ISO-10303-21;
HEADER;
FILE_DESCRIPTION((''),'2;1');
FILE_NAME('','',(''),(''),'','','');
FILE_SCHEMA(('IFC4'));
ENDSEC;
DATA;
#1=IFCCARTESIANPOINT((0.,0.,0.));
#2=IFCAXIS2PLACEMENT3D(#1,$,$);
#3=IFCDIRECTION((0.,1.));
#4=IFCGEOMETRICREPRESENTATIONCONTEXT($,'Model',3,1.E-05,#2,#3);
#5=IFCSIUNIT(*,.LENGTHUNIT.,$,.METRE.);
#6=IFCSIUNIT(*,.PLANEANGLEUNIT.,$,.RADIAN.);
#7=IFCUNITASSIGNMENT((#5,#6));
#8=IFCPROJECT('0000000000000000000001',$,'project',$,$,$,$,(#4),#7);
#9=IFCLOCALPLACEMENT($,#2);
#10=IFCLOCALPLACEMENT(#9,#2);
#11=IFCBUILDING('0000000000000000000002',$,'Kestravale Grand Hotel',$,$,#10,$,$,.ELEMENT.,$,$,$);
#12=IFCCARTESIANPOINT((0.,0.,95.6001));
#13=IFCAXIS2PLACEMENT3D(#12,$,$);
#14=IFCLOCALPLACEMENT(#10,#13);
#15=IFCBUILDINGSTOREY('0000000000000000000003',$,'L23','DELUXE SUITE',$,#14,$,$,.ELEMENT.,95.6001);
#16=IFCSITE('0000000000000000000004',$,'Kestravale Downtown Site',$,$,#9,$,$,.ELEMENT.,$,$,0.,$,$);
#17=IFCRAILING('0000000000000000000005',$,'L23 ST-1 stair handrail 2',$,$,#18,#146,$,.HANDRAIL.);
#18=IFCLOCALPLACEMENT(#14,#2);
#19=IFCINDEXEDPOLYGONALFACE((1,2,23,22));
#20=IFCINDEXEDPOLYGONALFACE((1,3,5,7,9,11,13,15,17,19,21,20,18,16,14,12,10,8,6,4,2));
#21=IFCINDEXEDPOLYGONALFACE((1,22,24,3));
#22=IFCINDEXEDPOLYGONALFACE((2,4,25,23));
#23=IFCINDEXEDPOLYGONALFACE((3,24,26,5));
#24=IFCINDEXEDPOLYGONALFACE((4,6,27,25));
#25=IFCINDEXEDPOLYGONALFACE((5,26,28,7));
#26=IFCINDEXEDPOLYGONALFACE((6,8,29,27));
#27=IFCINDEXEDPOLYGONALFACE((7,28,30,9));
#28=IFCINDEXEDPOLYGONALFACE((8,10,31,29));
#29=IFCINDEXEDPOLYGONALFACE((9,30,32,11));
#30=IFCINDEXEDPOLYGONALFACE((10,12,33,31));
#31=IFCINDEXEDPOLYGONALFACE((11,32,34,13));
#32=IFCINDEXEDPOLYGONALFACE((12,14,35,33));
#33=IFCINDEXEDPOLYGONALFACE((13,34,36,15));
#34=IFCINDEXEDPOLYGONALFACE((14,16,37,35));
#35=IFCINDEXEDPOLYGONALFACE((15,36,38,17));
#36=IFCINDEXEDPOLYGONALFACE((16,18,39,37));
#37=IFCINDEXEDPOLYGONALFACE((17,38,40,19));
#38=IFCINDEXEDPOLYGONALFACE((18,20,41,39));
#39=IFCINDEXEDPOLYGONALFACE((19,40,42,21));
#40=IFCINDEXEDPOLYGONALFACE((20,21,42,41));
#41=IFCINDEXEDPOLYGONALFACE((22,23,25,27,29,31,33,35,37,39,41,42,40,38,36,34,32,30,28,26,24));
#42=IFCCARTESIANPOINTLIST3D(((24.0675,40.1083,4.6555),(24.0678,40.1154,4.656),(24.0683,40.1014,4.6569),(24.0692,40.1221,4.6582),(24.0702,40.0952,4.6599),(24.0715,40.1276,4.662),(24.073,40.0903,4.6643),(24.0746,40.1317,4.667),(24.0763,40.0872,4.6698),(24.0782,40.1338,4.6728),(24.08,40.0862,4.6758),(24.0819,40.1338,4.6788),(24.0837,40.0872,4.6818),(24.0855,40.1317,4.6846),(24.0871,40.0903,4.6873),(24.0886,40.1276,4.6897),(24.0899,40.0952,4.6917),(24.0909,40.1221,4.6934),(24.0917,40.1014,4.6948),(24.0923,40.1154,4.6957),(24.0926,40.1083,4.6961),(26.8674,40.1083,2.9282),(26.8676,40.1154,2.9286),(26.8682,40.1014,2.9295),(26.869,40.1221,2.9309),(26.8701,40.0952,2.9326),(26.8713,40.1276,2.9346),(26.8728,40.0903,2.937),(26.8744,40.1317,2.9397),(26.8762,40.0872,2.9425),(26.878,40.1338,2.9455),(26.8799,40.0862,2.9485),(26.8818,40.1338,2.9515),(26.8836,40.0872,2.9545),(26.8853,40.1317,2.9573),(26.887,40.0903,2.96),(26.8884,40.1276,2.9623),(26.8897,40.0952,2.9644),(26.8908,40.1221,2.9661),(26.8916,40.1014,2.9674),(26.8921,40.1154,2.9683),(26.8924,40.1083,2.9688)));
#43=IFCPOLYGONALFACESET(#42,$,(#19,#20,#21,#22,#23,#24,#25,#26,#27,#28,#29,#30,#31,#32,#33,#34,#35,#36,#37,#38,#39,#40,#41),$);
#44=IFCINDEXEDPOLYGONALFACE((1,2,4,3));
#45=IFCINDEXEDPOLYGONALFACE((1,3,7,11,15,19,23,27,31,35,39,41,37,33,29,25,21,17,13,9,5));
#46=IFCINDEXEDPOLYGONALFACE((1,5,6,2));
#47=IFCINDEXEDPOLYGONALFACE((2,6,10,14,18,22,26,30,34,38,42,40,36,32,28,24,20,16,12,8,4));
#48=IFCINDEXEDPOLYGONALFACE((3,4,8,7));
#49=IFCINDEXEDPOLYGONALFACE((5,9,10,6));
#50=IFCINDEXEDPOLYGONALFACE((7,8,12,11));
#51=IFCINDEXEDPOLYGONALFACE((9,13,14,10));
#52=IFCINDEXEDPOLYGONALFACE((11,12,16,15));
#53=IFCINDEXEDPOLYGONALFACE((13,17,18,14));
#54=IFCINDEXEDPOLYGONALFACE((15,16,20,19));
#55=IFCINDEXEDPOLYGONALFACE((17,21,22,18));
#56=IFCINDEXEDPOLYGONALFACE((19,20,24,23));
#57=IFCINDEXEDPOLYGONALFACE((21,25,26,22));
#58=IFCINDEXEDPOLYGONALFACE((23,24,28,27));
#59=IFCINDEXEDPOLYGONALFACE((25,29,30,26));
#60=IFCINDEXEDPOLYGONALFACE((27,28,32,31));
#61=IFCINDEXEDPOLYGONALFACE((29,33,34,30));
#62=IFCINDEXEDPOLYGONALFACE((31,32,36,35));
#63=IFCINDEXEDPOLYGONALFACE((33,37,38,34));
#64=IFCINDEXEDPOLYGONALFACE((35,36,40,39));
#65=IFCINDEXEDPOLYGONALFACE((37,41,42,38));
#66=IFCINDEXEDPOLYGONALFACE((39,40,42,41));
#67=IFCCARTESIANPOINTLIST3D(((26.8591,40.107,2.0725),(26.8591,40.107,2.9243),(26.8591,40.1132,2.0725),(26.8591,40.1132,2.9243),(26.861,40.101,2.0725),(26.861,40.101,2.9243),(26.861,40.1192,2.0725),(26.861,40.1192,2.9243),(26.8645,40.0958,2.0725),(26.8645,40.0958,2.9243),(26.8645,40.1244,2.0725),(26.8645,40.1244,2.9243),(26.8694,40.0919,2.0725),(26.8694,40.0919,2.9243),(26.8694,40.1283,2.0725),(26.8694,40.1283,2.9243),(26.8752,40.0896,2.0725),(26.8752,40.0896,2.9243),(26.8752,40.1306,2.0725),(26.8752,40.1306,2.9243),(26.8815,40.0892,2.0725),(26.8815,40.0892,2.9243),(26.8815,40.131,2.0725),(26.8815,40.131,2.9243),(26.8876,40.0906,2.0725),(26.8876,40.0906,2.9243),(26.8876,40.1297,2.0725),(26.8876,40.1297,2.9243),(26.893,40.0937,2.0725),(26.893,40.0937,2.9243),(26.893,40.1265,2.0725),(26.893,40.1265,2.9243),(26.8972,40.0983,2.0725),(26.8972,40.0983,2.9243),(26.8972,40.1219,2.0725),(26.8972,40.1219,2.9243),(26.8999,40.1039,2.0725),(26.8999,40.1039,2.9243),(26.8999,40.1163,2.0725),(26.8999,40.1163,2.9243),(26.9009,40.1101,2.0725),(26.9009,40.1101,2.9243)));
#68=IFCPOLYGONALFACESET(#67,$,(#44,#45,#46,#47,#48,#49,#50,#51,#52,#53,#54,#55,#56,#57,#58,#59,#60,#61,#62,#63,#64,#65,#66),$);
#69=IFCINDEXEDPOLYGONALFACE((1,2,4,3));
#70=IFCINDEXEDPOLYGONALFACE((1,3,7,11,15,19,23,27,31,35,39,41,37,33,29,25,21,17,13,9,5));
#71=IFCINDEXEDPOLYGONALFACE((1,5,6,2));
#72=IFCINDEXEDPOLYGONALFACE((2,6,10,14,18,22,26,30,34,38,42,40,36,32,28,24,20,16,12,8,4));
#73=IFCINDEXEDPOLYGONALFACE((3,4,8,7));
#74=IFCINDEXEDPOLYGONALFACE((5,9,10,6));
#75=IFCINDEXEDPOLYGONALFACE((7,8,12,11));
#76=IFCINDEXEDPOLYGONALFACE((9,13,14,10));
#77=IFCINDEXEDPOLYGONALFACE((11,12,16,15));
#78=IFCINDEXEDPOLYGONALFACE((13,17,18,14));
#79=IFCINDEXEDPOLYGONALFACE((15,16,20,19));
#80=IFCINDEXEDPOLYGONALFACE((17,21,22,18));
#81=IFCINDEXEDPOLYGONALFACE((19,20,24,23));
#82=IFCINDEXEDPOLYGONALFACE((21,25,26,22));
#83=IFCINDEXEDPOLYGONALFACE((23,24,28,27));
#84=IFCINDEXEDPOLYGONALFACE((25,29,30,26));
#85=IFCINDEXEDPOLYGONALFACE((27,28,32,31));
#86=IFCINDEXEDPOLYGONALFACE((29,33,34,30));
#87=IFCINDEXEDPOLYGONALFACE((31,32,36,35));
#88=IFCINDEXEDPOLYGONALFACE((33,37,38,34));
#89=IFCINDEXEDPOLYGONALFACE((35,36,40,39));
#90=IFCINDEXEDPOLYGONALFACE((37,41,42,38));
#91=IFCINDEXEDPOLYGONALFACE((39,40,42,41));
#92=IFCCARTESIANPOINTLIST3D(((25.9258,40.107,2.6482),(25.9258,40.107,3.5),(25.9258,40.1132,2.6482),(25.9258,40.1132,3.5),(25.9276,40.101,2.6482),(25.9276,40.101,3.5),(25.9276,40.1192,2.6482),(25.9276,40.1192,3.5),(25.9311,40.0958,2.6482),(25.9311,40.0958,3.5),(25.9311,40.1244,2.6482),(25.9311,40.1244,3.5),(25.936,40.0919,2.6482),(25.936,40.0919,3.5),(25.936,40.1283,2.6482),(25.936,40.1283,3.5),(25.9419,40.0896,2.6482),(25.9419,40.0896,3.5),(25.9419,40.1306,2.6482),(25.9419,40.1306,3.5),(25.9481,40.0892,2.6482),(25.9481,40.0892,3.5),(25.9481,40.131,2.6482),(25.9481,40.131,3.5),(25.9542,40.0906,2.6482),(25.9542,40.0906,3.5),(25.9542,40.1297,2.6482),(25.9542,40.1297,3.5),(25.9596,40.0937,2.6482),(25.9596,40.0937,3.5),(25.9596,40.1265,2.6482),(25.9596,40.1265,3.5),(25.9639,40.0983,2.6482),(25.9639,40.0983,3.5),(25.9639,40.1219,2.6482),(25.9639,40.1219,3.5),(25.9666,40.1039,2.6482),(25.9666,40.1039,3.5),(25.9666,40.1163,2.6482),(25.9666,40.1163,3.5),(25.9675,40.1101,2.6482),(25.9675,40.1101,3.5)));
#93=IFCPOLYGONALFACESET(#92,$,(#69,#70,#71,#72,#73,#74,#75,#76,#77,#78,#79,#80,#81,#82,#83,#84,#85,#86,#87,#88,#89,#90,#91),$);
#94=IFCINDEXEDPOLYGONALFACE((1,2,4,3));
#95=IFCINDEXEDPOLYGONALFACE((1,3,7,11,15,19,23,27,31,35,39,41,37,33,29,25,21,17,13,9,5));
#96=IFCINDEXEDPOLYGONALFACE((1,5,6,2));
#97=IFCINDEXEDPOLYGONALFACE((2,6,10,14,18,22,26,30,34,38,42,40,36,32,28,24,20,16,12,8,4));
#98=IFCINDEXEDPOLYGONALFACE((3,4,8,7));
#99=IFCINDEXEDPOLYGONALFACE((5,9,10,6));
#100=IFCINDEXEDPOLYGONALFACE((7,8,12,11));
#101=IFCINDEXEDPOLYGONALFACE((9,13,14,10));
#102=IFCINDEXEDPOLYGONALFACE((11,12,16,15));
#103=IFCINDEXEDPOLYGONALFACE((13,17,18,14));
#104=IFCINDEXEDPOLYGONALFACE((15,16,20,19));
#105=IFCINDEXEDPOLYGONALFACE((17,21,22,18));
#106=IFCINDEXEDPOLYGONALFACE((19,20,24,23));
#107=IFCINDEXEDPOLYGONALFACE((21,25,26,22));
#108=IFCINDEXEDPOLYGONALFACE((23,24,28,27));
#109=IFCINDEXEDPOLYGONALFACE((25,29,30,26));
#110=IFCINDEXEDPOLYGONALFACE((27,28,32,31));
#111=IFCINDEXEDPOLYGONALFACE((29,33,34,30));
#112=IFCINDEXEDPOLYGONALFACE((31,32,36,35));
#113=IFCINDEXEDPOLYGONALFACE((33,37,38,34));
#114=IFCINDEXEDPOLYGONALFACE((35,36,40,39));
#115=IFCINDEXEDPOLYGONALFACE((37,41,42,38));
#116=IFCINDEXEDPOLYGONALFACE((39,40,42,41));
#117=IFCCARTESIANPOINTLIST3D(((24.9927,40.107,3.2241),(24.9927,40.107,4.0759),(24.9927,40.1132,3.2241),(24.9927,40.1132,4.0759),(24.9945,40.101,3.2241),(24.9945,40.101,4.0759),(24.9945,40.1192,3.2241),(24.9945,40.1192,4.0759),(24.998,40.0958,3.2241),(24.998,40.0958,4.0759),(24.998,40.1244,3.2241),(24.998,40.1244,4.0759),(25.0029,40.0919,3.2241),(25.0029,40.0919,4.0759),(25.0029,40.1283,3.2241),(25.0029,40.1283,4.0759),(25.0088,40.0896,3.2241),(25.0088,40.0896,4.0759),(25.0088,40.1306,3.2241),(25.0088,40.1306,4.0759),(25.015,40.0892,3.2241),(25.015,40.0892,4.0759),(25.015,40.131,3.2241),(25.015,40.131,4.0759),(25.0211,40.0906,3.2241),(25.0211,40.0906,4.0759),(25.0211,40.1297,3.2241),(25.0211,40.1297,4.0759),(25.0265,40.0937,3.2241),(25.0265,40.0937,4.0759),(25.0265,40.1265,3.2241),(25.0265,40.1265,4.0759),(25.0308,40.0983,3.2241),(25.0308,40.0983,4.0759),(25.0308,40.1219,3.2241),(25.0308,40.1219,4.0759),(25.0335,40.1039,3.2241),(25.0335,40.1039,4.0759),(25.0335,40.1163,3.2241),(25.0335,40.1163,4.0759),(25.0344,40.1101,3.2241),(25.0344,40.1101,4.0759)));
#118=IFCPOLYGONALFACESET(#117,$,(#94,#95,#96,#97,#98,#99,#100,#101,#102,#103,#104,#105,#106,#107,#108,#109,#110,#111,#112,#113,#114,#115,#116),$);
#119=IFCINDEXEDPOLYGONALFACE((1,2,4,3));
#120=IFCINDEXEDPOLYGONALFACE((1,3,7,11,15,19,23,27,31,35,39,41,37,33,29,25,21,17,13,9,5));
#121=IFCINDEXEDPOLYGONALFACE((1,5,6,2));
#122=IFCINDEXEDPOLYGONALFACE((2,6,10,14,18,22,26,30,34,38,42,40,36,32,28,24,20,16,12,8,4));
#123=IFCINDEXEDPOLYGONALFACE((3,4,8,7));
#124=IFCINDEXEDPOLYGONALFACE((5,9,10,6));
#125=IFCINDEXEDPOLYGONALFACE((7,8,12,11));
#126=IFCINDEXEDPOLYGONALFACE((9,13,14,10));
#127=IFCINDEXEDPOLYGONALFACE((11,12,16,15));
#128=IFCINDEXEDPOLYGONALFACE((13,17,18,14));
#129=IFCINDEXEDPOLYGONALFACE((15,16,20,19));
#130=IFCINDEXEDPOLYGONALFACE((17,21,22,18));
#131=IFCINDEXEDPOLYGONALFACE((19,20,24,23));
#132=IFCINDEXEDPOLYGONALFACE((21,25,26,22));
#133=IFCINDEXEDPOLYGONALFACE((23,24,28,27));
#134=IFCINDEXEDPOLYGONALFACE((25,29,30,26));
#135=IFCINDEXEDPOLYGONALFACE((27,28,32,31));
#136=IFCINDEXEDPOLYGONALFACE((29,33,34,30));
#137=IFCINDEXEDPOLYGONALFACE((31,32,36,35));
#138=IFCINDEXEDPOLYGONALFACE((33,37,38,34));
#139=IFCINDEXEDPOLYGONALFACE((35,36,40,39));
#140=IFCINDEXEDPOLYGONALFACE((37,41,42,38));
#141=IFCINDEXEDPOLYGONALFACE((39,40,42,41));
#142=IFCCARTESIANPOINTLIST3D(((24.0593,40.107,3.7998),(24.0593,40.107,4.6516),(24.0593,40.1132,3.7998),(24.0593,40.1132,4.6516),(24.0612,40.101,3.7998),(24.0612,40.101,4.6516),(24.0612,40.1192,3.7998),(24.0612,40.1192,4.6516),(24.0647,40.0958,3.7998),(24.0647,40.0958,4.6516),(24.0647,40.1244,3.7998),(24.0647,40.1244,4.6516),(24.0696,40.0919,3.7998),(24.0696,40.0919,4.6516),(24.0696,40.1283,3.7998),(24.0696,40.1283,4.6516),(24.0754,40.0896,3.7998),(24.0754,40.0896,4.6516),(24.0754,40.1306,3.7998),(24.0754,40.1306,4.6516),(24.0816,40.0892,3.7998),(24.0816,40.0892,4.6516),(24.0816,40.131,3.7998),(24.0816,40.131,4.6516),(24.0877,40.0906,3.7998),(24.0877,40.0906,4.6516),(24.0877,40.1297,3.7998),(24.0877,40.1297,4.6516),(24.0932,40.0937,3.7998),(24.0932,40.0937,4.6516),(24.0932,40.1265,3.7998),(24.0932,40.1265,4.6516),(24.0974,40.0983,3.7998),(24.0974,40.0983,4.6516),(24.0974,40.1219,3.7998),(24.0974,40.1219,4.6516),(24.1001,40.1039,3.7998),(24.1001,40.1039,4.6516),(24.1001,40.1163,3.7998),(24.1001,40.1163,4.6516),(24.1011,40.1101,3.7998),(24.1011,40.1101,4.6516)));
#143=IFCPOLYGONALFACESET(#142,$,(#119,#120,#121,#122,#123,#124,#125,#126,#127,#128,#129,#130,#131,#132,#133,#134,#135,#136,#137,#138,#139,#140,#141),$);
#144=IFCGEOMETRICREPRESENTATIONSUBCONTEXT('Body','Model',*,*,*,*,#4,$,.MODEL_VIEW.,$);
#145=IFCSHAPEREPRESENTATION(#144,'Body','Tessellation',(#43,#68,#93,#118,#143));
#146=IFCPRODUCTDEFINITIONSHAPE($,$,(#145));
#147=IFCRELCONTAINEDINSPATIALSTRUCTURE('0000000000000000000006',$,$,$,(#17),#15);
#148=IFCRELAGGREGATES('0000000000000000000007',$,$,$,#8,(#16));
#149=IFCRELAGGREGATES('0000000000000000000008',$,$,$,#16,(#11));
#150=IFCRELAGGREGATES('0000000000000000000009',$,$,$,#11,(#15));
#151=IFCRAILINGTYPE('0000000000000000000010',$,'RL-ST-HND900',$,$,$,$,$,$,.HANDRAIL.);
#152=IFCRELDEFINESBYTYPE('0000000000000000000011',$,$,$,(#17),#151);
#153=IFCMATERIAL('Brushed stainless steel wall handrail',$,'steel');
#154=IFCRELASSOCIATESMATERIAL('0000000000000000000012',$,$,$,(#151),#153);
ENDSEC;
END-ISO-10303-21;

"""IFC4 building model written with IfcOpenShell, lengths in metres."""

from ifc_helpers import new_model, si_unit, direction, frame, origin, origin_2d, place, context, subcontext, project, spatial, circle, extrude, material, type_object, element, save


model = new_model("IFC4")

# Units and contexts
model_context = context("Model", 3, precision=1e-05, world=origin(), true_north=direction((0.0, 1.0)))
body_context = subcontext(model_context, "Body", "Model", "MODEL_VIEW")
ifc_project = project(units=[si_unit("LENGTHUNIT", "METRE"), si_unit("PLANEANGLEUNIT", "RADIAN")], contexts=[model_context])

# Site, building, storey
site_placement = place(None, origin())
site = spatial("IfcSite", under=ifc_project, at=site_placement, Name="Kestravale Downtown Site", CompositionType="ELEMENT", RefElevation=0.0)
building_placement = place(site_placement, origin())
building = spatial("IfcBuilding", under=site, at=building_placement, Name="Kestravale Grand Hotel", CompositionType="ELEMENT")
storey_placement = place(building_placement, frame((0.0, 0.0, 95.6001)))
storey = spatial("IfcBuildingStorey", under=building, at=storey_placement, Name="L23", Description="DELUXE SUITE", CompositionType="ELEMENT", Elevation=95.6001)

# Railing
ifc_material_1 = material(Name="Brushed stainless steel wall handrail", Category="steel")
railing_type_1 = type_object("IfcRailingType", Name="RL-ST-HND900", PredefinedType="HANDRAIL", material=ifc_material_1)
railing_1_placement = place(storey_placement, frame((26.8799, 40.1101, 2.0725)))
element("IfcRailing", 1, at=railing_1_placement, inside=storey, type_object=railing_type_1, Name="L23 ST-1 stair handrail 2", PredefinedType="HANDRAIL", context=body_context, shape_type="SweptSolid", body=[
    extrude(circle(Radius=0.0239, at=origin_2d()), frame((0.0, 0.0, 0.876), z_axis=(-0.851069, 0.0, 0.525054), x_axis=(0.0, -1.0, 0.0)), (0.0, 0.0, 1.0), 3.2898),
    extrude(circle(Radius=0.021, at=origin_2d()), origin(), (0.0, 0.0, 1.0), 0.8518),
    extrude(circle(Radius=0.021, at=origin_2d()), frame((-0.9333, 0.0, 0.5757)), (0.0, 0.0, 1.0), 0.8518),
    extrude(circle(Radius=0.021, at=origin_2d()), frame((-1.8665, 0.0, 1.1516)), (0.0, 0.0, 1.0), 0.8518),
    extrude(circle(Radius=0.021, at=origin_2d()), frame((-2.7998, 0.0, 1.7273)), (0.0, 0.0, 1.0), 0.8518),
])

save(model, "model.ifc")
